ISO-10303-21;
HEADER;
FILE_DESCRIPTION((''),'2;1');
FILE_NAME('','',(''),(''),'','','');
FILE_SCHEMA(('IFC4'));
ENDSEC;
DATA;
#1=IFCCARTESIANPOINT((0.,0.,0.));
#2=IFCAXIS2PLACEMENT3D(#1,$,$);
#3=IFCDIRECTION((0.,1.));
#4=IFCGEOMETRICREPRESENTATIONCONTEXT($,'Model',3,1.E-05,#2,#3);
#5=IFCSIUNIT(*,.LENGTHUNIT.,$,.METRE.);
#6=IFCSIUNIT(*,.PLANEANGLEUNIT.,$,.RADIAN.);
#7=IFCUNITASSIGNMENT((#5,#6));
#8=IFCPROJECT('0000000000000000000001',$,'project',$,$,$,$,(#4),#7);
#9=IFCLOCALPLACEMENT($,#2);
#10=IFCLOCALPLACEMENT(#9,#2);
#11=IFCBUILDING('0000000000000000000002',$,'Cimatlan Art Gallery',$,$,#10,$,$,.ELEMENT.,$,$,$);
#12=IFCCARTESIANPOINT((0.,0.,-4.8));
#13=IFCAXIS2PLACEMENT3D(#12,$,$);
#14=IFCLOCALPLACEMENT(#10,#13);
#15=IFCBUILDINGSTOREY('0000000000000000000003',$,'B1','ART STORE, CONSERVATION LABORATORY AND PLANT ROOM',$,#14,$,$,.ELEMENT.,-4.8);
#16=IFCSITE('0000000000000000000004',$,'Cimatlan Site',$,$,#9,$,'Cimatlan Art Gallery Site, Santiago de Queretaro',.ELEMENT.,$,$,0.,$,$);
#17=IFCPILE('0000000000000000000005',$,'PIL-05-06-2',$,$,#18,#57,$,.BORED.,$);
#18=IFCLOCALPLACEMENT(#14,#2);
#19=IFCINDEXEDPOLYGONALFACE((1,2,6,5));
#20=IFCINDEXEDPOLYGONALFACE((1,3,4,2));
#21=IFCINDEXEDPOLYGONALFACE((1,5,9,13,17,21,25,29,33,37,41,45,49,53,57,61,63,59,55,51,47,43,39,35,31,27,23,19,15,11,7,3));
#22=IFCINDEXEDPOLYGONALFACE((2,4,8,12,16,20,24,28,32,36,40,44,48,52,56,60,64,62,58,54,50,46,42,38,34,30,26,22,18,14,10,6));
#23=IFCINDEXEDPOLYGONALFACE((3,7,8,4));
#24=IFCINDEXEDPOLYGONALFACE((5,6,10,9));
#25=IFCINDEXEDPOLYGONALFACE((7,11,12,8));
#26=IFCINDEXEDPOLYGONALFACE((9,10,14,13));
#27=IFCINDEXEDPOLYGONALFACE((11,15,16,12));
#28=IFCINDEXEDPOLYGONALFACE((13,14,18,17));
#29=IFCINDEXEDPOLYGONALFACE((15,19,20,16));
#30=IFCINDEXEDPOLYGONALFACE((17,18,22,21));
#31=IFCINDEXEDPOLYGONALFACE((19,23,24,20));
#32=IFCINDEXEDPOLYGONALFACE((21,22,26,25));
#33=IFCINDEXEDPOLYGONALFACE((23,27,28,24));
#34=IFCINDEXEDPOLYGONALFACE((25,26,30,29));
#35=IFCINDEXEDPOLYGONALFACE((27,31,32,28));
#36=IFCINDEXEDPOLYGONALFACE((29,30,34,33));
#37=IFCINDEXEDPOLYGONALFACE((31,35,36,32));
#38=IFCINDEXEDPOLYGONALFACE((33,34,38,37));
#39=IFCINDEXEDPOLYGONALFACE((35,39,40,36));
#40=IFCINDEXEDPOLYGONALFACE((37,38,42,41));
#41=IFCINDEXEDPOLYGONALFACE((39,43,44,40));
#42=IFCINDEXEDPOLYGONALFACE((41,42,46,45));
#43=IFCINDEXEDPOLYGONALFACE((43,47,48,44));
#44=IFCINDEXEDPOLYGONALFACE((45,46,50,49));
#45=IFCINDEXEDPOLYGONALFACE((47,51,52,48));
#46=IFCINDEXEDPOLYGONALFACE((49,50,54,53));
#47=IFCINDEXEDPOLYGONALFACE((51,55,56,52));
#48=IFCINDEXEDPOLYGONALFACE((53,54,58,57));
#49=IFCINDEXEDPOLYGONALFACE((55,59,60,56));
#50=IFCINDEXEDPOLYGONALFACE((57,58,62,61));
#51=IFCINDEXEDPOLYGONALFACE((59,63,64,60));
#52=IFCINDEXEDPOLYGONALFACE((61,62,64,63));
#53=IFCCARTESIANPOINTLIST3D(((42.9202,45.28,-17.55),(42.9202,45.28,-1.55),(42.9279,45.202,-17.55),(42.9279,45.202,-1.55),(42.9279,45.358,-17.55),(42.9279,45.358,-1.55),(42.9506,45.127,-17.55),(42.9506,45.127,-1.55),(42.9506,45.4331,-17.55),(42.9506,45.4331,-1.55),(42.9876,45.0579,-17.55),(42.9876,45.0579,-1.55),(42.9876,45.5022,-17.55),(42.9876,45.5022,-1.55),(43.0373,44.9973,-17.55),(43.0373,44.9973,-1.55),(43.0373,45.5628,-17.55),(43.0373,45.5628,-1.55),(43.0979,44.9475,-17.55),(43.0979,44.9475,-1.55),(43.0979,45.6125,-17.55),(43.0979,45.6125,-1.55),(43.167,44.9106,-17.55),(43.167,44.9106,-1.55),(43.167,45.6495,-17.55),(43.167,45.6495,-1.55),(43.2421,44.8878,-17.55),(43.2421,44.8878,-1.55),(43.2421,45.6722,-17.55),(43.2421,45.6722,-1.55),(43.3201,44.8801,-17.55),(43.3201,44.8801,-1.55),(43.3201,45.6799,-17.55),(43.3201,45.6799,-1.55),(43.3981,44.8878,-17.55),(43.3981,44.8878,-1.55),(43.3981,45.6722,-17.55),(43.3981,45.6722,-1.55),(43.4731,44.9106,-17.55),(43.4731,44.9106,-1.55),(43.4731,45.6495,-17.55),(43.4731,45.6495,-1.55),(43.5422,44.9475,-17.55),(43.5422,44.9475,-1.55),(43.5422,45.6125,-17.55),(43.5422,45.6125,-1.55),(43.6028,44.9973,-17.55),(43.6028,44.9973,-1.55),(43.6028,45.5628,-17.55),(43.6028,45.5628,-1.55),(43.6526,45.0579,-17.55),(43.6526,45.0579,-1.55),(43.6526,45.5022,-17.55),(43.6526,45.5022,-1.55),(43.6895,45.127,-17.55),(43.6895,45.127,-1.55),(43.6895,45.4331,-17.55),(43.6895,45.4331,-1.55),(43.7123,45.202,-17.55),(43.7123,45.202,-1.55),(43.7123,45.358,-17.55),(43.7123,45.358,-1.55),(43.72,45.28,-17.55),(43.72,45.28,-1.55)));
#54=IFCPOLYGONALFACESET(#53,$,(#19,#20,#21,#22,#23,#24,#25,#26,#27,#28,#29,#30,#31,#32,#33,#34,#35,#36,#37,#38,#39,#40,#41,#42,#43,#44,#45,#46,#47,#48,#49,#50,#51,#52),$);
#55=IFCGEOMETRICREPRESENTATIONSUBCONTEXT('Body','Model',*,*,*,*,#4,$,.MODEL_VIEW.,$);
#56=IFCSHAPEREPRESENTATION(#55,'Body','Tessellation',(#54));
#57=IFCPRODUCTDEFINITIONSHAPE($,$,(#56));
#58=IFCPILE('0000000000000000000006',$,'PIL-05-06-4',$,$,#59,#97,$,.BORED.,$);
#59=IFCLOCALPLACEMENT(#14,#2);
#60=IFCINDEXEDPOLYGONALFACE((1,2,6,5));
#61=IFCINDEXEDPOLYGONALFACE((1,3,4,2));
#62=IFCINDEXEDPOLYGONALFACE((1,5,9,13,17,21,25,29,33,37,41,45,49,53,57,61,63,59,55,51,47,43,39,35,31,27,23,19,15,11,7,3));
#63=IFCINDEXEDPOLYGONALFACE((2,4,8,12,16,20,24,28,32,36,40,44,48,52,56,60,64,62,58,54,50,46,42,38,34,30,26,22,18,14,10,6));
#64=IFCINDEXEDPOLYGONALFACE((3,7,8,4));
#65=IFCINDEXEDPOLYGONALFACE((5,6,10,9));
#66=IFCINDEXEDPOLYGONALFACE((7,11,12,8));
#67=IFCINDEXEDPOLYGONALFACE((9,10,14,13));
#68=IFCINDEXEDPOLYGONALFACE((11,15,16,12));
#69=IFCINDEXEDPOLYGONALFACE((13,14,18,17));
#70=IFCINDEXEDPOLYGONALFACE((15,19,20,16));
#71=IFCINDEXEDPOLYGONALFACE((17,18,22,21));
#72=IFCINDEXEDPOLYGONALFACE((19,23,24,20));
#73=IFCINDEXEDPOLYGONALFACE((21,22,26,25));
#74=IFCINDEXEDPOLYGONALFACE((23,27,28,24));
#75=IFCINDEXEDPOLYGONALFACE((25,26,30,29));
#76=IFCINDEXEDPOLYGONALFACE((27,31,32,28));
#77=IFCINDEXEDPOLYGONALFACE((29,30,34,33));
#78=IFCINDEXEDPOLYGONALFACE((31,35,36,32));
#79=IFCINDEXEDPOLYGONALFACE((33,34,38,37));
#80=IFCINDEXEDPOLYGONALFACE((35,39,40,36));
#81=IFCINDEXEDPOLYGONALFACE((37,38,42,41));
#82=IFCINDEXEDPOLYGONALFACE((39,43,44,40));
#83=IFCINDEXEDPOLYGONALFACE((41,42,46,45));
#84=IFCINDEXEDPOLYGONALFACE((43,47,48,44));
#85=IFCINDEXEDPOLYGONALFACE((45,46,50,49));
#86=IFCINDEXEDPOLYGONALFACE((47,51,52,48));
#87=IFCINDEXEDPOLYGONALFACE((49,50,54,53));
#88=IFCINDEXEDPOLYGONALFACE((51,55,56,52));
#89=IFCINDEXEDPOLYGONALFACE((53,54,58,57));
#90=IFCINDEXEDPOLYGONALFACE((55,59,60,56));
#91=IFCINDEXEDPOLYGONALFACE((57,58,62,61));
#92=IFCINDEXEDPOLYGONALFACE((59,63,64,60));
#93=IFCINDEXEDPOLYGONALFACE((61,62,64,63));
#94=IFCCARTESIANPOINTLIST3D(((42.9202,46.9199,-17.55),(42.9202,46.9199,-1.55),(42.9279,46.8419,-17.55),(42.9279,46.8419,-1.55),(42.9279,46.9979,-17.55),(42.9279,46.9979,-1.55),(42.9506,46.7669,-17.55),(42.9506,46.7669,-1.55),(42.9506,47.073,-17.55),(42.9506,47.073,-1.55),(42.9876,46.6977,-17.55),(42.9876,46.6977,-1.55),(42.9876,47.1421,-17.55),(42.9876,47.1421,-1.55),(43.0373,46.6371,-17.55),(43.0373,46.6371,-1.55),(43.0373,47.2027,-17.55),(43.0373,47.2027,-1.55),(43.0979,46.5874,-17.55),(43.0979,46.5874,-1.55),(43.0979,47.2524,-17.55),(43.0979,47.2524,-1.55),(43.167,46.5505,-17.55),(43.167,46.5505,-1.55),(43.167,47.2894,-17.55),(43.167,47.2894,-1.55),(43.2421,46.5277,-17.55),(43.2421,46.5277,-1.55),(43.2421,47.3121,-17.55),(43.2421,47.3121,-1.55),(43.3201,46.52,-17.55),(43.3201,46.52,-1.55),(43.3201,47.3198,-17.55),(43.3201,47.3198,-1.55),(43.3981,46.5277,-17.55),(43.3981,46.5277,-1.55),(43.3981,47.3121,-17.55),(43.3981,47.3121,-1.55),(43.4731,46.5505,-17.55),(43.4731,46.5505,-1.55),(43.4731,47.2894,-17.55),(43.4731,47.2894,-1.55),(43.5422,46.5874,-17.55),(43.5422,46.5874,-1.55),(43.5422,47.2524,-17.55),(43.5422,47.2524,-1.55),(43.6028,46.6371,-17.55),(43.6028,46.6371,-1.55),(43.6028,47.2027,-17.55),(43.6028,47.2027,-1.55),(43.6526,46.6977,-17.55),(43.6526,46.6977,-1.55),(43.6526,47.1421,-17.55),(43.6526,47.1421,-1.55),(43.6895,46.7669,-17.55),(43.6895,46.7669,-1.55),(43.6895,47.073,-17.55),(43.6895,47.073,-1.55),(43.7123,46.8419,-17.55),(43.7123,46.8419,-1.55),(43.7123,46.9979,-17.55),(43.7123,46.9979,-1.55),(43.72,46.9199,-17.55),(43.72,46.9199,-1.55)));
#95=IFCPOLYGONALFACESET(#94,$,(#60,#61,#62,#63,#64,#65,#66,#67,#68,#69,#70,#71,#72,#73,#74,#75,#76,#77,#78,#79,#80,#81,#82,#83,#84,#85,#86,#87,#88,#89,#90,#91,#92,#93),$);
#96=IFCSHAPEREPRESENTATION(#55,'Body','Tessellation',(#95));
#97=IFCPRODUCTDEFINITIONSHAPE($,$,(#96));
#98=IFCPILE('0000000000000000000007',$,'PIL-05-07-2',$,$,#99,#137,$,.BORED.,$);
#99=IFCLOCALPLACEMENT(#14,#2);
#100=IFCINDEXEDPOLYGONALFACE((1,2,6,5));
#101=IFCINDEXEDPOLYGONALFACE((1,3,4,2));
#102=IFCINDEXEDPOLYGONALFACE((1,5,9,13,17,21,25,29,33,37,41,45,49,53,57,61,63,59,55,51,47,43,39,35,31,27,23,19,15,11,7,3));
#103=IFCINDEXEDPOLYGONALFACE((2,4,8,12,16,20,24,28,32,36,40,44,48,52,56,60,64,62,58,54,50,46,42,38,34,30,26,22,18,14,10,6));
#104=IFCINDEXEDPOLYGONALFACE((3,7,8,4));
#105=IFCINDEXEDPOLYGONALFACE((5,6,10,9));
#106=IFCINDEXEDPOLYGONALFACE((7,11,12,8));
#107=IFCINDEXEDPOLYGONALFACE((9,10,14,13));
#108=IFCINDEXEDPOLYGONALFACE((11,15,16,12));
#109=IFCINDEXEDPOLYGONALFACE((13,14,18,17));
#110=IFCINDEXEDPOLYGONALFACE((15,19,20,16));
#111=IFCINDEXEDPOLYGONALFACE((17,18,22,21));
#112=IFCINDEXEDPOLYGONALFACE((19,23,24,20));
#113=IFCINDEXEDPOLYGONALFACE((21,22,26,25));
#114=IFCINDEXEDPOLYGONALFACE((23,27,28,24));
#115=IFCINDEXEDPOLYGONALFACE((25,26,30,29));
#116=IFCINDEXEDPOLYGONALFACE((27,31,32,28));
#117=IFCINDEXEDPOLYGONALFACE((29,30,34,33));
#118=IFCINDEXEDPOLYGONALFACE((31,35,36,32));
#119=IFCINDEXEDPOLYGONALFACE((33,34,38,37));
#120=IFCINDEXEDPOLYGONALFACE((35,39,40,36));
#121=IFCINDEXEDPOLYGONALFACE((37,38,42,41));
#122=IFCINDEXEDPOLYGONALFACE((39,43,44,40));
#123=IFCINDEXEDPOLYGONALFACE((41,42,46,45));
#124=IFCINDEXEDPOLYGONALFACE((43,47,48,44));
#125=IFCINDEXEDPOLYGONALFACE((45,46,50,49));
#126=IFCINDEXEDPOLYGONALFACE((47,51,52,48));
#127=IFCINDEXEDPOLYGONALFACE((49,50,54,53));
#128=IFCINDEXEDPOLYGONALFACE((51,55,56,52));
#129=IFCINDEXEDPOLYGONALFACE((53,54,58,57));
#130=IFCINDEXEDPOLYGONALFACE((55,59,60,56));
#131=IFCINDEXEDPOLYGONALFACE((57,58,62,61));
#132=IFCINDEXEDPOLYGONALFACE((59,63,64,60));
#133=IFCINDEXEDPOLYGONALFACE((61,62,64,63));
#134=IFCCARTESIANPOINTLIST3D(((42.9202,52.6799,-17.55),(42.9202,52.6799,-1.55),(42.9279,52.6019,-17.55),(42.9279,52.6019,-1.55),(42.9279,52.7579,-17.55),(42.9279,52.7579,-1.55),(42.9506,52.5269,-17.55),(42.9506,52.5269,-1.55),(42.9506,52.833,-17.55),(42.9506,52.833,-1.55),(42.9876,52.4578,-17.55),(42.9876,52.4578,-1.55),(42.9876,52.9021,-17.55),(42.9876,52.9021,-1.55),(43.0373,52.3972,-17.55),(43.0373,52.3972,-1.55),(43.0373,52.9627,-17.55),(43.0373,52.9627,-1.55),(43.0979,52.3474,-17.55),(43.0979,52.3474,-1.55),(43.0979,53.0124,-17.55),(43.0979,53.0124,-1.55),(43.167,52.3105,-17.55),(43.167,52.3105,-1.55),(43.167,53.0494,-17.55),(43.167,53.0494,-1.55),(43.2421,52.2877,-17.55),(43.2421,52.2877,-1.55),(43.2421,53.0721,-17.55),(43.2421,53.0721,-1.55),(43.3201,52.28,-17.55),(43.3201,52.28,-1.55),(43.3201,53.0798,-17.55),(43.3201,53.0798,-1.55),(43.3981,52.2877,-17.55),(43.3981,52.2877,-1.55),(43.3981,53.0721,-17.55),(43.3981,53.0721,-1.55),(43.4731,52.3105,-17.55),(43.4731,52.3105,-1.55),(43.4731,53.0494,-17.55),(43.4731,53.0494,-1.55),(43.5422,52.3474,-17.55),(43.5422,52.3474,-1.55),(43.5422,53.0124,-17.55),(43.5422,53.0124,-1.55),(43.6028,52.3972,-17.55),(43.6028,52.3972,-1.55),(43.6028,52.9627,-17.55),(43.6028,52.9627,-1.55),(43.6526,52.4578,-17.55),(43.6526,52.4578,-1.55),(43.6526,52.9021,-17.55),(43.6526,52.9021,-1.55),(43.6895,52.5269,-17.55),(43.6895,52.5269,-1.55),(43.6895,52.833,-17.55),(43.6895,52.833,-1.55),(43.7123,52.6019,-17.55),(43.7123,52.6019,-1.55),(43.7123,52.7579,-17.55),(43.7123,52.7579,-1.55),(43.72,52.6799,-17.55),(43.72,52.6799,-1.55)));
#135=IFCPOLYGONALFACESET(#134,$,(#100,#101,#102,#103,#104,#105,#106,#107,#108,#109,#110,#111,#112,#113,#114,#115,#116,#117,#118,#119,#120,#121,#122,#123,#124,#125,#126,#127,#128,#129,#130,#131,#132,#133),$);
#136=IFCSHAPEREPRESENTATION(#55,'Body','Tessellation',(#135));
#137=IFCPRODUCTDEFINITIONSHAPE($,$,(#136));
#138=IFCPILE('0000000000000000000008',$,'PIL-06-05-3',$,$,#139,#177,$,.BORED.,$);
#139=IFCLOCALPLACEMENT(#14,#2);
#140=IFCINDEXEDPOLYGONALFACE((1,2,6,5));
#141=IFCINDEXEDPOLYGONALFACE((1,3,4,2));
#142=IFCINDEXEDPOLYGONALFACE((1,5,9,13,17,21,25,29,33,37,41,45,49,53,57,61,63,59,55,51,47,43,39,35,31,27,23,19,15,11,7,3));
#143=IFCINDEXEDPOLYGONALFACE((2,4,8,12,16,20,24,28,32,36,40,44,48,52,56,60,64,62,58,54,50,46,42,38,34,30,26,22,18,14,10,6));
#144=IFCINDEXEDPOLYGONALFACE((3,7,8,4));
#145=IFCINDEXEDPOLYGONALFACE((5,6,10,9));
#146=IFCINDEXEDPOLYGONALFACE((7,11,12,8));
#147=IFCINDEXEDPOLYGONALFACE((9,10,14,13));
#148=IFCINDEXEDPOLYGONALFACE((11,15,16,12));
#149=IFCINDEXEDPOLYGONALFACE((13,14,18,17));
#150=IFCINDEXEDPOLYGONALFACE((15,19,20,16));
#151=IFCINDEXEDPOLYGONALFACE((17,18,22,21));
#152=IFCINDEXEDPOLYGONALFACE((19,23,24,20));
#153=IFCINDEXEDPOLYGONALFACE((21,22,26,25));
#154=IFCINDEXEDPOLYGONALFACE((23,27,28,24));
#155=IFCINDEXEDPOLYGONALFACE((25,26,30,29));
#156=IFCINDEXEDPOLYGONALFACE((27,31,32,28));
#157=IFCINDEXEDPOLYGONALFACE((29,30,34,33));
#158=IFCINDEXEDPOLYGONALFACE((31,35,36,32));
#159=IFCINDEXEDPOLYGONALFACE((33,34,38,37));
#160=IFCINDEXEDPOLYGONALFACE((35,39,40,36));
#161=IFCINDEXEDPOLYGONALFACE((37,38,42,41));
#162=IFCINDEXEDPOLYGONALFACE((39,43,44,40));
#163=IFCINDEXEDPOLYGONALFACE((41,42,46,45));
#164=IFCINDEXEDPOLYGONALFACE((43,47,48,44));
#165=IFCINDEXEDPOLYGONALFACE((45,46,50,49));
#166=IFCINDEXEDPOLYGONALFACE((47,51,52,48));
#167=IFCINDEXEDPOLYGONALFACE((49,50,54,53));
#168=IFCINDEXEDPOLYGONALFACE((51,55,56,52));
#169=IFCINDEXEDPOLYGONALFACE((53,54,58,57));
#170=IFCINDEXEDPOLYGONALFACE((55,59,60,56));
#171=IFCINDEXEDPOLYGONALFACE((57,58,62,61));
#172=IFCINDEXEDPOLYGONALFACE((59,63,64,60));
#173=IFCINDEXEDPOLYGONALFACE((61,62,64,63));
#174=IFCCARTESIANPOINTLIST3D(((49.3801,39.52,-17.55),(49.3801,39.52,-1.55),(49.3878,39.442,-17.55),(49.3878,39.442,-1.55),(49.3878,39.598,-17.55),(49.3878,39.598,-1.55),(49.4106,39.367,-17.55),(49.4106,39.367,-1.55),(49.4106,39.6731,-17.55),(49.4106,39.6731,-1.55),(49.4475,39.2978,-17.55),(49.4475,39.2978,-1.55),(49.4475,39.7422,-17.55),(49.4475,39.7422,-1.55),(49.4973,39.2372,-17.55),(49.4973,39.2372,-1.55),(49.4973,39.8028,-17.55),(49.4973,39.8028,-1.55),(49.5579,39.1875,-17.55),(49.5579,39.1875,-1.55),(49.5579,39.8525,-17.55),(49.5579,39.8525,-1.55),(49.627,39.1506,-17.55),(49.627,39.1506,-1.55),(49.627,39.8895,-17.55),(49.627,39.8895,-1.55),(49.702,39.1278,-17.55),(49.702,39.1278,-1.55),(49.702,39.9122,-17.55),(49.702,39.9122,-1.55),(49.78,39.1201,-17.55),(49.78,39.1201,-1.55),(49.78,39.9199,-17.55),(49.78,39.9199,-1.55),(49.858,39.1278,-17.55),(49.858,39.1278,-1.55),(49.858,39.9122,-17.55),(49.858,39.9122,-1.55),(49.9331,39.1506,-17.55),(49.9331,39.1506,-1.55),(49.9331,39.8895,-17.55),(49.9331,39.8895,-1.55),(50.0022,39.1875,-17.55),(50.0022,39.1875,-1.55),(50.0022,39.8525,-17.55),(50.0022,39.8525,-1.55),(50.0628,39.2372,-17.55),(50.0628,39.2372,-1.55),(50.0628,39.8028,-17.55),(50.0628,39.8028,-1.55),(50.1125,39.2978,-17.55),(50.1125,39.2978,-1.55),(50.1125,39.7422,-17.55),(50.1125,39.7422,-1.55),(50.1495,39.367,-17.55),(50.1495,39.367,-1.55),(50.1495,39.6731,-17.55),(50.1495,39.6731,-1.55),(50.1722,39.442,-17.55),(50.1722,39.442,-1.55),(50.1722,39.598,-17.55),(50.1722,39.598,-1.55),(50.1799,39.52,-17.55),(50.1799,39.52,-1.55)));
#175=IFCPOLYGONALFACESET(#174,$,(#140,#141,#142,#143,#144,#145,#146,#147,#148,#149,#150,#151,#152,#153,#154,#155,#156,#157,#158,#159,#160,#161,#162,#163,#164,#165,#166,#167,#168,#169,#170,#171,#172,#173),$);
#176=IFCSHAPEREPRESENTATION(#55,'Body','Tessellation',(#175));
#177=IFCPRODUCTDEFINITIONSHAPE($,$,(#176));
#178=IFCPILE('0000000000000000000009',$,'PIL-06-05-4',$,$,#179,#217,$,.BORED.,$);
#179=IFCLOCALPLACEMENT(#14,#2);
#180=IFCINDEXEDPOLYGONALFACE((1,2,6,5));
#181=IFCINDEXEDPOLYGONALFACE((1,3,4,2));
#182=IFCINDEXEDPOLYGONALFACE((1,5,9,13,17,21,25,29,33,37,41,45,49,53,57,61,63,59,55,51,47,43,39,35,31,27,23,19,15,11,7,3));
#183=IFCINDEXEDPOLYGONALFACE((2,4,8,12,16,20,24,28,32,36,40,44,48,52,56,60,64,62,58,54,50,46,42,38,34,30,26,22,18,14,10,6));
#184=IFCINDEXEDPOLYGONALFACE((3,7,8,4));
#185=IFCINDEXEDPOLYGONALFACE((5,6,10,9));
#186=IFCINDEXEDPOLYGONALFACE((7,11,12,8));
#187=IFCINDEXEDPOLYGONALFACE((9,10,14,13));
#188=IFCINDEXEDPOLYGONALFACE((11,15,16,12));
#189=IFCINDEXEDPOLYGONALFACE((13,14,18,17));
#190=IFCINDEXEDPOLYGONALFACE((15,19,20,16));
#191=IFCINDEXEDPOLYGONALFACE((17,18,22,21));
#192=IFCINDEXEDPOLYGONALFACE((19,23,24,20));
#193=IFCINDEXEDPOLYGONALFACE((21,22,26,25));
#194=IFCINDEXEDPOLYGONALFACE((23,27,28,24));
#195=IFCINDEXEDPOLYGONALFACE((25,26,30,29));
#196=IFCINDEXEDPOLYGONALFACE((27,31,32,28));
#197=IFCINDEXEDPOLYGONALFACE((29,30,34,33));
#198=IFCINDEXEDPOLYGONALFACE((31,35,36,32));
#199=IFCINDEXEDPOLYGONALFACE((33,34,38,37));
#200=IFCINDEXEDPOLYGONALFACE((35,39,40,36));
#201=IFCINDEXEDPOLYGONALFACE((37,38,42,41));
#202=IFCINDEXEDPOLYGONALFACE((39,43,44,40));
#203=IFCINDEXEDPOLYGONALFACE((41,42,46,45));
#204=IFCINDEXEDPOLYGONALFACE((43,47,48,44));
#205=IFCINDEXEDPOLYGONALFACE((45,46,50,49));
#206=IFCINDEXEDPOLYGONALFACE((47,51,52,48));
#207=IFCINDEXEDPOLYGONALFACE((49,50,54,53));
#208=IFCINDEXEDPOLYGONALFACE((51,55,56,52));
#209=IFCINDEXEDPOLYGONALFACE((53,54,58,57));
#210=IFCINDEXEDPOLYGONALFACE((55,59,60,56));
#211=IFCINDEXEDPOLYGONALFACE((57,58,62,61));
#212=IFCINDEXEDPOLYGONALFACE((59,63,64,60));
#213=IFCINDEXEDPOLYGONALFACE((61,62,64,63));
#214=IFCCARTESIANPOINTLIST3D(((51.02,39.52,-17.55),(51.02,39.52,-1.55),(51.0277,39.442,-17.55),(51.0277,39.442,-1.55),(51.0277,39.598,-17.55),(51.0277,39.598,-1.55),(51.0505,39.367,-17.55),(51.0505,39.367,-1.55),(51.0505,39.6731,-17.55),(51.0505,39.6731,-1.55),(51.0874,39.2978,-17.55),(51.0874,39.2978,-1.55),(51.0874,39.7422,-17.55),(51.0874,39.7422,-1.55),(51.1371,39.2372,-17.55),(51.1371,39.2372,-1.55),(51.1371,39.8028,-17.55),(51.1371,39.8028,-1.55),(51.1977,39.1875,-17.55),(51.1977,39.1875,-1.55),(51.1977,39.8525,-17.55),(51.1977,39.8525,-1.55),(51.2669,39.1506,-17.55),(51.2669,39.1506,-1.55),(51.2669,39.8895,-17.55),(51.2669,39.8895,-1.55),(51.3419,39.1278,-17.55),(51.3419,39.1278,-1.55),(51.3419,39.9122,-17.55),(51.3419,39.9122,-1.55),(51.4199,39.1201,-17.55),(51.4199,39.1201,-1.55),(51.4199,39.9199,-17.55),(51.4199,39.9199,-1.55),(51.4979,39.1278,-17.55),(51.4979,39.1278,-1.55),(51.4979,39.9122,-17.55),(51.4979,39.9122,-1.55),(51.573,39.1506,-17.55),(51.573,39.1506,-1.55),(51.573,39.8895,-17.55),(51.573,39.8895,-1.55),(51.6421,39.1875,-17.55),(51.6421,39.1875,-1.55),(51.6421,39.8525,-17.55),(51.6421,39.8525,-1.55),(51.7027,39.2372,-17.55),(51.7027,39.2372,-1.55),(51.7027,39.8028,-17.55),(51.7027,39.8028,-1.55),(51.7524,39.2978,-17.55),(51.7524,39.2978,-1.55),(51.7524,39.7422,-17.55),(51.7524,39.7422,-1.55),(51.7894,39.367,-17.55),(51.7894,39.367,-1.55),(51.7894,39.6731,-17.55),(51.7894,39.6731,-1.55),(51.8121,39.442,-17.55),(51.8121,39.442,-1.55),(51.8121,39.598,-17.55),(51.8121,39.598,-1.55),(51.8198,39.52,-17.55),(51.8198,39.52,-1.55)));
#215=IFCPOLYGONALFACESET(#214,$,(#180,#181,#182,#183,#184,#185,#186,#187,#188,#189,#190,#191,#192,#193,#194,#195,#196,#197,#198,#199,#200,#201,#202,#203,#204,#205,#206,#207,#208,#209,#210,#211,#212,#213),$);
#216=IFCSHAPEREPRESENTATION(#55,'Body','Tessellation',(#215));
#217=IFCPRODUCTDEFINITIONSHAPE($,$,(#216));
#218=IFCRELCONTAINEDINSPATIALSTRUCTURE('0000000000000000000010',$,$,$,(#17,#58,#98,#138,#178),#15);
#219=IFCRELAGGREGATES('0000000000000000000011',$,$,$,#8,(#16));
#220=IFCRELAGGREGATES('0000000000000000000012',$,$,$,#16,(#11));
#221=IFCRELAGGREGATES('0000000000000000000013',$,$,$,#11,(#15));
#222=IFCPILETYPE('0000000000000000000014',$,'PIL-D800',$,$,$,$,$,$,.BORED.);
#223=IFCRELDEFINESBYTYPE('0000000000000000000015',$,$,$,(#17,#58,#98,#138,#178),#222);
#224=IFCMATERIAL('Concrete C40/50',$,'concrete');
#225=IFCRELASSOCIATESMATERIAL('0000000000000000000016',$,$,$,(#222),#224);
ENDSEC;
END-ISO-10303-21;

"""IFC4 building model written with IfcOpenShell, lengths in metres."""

from ifc_helpers import new_model, si_unit, direction, frame, origin, origin_2d, place, context, subcontext, project, spatial, circle, extrude, material, type_object, element, save


model = new_model("IFC4")

# Units and contexts
model_context = context("Model", 3, precision=1e-05, world=origin(), true_north=direction((0.0, 1.0)))
body_context = subcontext(model_context, "Body", "Model", "MODEL_VIEW")
ifc_project = project(units=[si_unit("LENGTHUNIT", "METRE"), si_unit("PLANEANGLEUNIT", "RADIAN")], contexts=[model_context])

# Site, building, storey
site_placement = place(None, origin())
site = spatial("IfcSite", under=ifc_project, at=site_placement, Name="Cimatlan Site", LongName="Cimatlan Art Gallery Site, Santiago de Queretaro", CompositionType="ELEMENT", RefElevation=0.0)
building_placement = place(site_placement, origin())
building = spatial("IfcBuilding", under=site, at=building_placement, Name="Cimatlan Art Gallery", CompositionType="ELEMENT")
storey_placement = place(building_placement, frame((0.0, 0.0, -4.8)))
storey = spatial("IfcBuildingStorey", under=building, at=storey_placement, Name="B1", Description="ART STORE, CONSERVATION LABORATORY AND PLANT ROOM", CompositionType="ELEMENT", Elevation=-4.8)

# Shared definitions
ifc_material_1 = material(Name="Concrete C40/50", Category="concrete")

# Piles
pile_type_1 = type_object("IfcPileType", Name="PIL-D800", PredefinedType="BORED", material=ifc_material_1)
for number, where, z_axis, x_axis, name in (
    (1, (43.3201, 45.28, -1.55), (0.0, 0.0, -1.0), (1.0, 0.0, 0.0), "PIL-05-06-2"),
    (2, (43.3201, 46.9199, -1.55), (0.0, 0.0, -1.0), (1.0, 0.0, 0.0), "PIL-05-06-4"),
    (3, (43.3201, 52.6799, -1.55), (0.0, 0.0, -1.0), (1.0, 0.0, 0.0), "PIL-05-07-2"),
    (4, (49.78, 39.52, -1.55), (0.0, 0.0, -1.0), (1.0, 0.0, 0.0), "PIL-06-05-3"),
    (5, (51.4199, 39.52, -1.55), (0.0, 0.0, -1.0), (1.0, 0.0, 0.0), "PIL-06-05-4"),
):
    element("IfcPile", number, at=place(storey_placement, frame(where, z_axis=z_axis, x_axis=x_axis)), inside=storey, type_object=pile_type_1, Name=name, PredefinedType="BORED", context=body_context, shape_type="SweptSolid", body=[
        extrude(circle(Radius=0.3999, at=origin_2d()), origin(), (0.0, 0.0, 1.0), 16.0),
    ])

save(model, "model.ifc")
